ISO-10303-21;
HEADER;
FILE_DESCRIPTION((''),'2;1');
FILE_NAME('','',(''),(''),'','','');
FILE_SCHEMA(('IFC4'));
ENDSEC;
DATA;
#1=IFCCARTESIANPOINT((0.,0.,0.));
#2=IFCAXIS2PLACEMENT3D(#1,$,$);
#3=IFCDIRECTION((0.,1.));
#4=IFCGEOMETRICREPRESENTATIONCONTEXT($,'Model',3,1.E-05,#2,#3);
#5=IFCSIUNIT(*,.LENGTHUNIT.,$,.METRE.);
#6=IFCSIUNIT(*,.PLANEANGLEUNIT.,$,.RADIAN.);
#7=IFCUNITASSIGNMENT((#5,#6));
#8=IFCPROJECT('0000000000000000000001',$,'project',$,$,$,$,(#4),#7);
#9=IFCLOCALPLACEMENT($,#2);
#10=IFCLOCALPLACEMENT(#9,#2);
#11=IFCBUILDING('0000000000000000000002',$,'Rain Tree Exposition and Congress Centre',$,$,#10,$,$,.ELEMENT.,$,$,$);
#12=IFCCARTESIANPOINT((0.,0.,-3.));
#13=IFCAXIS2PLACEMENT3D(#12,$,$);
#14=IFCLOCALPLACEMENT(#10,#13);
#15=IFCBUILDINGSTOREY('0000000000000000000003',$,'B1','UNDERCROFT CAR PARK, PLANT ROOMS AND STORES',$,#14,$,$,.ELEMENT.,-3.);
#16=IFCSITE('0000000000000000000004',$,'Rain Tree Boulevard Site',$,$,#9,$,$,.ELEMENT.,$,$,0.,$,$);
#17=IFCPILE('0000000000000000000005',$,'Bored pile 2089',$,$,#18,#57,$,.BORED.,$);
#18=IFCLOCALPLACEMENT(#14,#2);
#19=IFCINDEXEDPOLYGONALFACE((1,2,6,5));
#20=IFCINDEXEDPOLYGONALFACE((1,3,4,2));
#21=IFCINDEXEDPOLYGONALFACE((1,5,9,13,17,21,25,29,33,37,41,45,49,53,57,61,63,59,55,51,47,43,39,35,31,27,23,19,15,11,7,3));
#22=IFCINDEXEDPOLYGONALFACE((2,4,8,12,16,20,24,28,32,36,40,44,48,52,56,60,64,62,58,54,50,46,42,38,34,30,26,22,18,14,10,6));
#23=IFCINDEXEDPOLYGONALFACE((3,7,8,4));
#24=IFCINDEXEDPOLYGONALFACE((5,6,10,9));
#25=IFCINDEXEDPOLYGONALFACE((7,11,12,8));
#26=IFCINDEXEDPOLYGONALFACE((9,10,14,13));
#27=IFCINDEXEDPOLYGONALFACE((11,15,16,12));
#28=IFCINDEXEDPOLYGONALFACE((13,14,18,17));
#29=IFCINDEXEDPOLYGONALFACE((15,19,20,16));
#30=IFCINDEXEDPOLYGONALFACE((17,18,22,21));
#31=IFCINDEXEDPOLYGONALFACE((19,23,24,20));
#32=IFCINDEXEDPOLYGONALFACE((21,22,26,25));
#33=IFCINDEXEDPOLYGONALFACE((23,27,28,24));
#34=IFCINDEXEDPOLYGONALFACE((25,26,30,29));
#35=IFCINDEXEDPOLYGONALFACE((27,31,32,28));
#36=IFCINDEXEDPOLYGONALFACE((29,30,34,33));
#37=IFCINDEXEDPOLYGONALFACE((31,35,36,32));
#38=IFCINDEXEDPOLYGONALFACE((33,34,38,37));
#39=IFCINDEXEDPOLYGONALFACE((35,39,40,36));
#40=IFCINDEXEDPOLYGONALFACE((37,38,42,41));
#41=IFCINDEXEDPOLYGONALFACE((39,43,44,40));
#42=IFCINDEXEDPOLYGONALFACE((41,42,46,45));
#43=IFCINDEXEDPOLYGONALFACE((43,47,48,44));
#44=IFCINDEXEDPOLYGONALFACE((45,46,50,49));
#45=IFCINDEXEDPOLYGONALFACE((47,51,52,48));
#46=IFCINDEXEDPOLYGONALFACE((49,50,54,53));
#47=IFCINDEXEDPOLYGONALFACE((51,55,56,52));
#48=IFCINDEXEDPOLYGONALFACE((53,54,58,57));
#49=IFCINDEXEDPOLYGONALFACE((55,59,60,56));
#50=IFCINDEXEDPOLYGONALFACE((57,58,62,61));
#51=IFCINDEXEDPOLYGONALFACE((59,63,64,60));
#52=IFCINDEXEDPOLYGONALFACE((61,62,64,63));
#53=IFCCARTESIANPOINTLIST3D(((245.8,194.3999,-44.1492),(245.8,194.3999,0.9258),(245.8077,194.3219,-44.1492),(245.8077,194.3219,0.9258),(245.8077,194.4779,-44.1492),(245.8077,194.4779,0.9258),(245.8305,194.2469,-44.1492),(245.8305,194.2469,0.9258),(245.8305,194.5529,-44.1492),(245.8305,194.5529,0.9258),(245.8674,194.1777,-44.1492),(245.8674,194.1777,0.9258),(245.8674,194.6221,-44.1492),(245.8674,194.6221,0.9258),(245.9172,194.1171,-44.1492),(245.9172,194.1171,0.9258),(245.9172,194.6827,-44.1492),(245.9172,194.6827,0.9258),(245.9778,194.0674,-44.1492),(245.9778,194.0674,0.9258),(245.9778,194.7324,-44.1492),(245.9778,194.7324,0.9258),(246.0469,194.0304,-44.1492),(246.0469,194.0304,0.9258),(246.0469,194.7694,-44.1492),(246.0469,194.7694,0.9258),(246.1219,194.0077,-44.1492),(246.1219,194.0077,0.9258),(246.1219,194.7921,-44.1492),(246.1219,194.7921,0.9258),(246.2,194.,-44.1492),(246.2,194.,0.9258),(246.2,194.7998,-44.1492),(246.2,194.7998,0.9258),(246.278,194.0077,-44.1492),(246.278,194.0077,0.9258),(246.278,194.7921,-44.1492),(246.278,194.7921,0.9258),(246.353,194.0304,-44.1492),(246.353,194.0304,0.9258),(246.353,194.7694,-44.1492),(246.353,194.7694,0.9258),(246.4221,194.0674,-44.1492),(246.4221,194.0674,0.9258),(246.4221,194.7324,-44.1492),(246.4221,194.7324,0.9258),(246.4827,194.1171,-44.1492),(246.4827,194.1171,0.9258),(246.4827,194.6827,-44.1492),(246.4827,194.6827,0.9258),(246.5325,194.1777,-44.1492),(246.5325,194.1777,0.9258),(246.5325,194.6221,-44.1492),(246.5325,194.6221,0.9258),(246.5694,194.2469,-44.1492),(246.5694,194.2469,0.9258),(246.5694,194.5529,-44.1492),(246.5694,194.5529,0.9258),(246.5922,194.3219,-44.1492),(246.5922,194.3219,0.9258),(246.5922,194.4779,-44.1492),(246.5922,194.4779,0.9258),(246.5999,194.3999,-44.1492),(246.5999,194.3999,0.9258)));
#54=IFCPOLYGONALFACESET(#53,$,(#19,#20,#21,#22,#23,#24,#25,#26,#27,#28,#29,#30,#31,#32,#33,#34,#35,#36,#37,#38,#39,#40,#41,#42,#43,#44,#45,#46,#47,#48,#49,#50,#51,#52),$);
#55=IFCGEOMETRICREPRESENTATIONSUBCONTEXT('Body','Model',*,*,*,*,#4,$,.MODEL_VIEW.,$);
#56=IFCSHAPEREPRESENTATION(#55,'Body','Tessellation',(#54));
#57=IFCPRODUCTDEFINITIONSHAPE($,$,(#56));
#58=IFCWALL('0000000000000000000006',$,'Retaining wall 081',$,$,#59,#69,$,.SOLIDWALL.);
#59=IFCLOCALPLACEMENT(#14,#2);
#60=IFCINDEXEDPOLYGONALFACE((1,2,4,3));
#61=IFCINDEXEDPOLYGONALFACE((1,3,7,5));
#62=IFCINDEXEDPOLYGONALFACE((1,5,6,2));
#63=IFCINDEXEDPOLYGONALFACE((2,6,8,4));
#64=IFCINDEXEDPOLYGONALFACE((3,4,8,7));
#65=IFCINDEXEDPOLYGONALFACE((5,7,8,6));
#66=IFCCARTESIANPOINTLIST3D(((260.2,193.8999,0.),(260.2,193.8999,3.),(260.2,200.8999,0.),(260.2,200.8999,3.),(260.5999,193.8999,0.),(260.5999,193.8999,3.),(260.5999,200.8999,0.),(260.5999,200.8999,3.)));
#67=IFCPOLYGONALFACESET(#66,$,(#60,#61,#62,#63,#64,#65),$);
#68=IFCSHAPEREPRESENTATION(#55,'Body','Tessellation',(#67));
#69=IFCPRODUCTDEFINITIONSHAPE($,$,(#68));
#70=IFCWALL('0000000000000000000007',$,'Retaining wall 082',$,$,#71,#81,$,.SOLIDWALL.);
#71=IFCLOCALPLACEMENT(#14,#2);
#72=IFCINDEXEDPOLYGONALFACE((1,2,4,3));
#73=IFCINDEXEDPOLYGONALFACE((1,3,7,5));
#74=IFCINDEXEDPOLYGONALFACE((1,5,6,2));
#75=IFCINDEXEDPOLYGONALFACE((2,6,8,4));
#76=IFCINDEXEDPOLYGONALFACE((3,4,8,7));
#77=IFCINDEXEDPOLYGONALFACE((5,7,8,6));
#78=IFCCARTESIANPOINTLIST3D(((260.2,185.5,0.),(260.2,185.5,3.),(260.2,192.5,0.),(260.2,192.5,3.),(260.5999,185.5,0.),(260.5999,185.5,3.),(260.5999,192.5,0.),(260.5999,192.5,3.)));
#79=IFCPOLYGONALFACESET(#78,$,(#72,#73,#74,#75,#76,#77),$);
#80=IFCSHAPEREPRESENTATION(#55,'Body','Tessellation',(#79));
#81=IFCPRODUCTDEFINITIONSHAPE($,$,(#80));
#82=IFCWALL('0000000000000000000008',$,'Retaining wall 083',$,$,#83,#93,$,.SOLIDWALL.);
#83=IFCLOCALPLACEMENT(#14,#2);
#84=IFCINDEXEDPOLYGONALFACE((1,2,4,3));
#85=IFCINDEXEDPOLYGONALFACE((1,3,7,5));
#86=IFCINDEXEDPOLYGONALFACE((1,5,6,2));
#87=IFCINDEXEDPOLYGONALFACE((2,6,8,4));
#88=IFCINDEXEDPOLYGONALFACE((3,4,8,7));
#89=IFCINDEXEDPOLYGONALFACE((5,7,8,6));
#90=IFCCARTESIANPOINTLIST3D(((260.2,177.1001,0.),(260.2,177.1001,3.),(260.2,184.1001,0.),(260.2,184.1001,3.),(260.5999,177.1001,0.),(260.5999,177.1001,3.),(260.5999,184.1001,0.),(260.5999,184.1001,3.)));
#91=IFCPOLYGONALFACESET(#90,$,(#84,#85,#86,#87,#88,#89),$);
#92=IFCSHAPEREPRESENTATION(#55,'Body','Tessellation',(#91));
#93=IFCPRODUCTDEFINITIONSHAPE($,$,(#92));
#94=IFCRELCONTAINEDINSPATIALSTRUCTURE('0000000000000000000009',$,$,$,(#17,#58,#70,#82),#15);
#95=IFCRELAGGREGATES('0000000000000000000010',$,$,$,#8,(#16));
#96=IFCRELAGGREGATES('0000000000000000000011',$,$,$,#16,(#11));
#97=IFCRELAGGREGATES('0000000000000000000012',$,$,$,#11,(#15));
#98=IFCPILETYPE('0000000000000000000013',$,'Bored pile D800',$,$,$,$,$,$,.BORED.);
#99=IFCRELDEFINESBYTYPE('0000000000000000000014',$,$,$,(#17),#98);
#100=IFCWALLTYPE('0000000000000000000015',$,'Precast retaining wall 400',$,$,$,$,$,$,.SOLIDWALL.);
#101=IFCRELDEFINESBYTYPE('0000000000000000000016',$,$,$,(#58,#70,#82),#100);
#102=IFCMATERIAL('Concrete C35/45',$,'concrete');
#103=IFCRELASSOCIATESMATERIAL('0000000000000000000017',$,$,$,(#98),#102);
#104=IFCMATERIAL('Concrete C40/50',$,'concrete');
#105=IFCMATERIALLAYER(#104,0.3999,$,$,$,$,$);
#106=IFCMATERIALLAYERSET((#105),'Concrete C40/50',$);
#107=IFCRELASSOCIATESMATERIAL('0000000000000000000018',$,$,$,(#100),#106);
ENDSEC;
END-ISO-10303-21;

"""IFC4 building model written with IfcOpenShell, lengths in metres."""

from ifc_helpers import new_model, si_unit, direction, frame, frame_2d, origin, origin_2d, place, context, subcontext, project, spatial, rectangle, circle, extrude, material, layer, layer_set, material_profile, profile_set, type_object, element, save


model = new_model("IFC4")

# Units and contexts
model_context = context("Model", 3, precision=1e-05, world=origin(), true_north=direction((0.0, 1.0)))
body_context = subcontext(model_context, "Body", "Model", "MODEL_VIEW")
ifc_project = project(units=[si_unit("LENGTHUNIT", "METRE"), si_unit("PLANEANGLEUNIT", "RADIAN")], contexts=[model_context])

# Site, building, storey
site_placement = place(None, origin())
site = spatial("IfcSite", under=ifc_project, at=site_placement, Name="Rain Tree Boulevard Site", CompositionType="ELEMENT", RefElevation=0.0)
building_placement = place(site_placement, origin())
building = spatial("IfcBuilding", under=site, at=building_placement, Name="Rain Tree Exposition and Congress Centre", CompositionType="ELEMENT")
storey_placement = place(building_placement, frame((0.0, 0.0, -3.0)))
storey = spatial("IfcBuildingStorey", under=building, at=storey_placement, Name="B1", Description="UNDERCROFT CAR PARK, PLANT ROOMS AND STORES", CompositionType="ELEMENT", Elevation=-3.0)

# Pile
ifc_material_1 = material(Name="Concrete C35/45", Category="concrete")
ifc_material_profile_1 = material_profile(ifc_material_1, circle(Radius=0.3999, at=origin_2d()), Name="D800")
ifc_profile_set_1 = profile_set([ifc_material_profile_1], Name="Concrete C35/45")
pile_type_1 = type_object("IfcPileType", Name="Bored pile D800", PredefinedType="BORED", material=ifc_profile_set_1)
for number, where, z_axis, x_axis, name in (
    (1, (246.2, 194.3999, 0.9258), (0.0, 0.0, -1.0), (1.0, 0.0, 0.0), "Bored pile 2089"),
):
    element("IfcPile", number, at=place(storey_placement, frame(where, z_axis=z_axis, x_axis=x_axis)), inside=storey, type_object=pile_type_1, Name=name, PredefinedType="BORED", context=body_context, shape_type="SweptSolid", body=[
        extrude(circle(Radius=0.3999, at=origin_2d()), origin(), (0.0, 0.0, 1.0), 45.075),
    ])

# Walls
ifc_material_2 = material(Name="Concrete C40/50", Category="concrete")
ifc_layer = layer(ifc_material_2, 0.3999)
ifc_layer_set = layer_set([ifc_layer], Name="Concrete C40/50")
wall_type = type_object("IfcWallType", Name="Precast retaining wall 400", PredefinedType="SOLIDWALL", material=ifc_layer_set)
for number, where, z_axis, x_axis, name in (
    (2, (260.3999, 200.8999, 0.0), (0.0, 0.0, 1.0), (0.0, -1.0, 0.0), "Retaining wall 081"),
    (3, (260.3999, 192.5, 0.0), (0.0, 0.0, 1.0), (0.0, -1.0, 0.0), "Retaining wall 082"),
    (4, (260.3999, 184.1001, 0.0), (0.0, 0.0, 1.0), (0.0, -1.0, 0.0), "Retaining wall 083"),
):
    element("IfcWall", number, at=place(storey_placement, frame(where, z_axis=z_axis, x_axis=x_axis)), inside=storey, type_object=wall_type, Name=name, PredefinedType="SOLIDWALL", context=body_context, shape_type="SweptSolid", body=[
        extrude(rectangle(XDim=7.0, YDim=0.3999, at=frame_2d((3.5, 0.0))), origin(), (0.0, 0.0, 1.0), 3.0),
    ])

save(model, "model.ifc")
